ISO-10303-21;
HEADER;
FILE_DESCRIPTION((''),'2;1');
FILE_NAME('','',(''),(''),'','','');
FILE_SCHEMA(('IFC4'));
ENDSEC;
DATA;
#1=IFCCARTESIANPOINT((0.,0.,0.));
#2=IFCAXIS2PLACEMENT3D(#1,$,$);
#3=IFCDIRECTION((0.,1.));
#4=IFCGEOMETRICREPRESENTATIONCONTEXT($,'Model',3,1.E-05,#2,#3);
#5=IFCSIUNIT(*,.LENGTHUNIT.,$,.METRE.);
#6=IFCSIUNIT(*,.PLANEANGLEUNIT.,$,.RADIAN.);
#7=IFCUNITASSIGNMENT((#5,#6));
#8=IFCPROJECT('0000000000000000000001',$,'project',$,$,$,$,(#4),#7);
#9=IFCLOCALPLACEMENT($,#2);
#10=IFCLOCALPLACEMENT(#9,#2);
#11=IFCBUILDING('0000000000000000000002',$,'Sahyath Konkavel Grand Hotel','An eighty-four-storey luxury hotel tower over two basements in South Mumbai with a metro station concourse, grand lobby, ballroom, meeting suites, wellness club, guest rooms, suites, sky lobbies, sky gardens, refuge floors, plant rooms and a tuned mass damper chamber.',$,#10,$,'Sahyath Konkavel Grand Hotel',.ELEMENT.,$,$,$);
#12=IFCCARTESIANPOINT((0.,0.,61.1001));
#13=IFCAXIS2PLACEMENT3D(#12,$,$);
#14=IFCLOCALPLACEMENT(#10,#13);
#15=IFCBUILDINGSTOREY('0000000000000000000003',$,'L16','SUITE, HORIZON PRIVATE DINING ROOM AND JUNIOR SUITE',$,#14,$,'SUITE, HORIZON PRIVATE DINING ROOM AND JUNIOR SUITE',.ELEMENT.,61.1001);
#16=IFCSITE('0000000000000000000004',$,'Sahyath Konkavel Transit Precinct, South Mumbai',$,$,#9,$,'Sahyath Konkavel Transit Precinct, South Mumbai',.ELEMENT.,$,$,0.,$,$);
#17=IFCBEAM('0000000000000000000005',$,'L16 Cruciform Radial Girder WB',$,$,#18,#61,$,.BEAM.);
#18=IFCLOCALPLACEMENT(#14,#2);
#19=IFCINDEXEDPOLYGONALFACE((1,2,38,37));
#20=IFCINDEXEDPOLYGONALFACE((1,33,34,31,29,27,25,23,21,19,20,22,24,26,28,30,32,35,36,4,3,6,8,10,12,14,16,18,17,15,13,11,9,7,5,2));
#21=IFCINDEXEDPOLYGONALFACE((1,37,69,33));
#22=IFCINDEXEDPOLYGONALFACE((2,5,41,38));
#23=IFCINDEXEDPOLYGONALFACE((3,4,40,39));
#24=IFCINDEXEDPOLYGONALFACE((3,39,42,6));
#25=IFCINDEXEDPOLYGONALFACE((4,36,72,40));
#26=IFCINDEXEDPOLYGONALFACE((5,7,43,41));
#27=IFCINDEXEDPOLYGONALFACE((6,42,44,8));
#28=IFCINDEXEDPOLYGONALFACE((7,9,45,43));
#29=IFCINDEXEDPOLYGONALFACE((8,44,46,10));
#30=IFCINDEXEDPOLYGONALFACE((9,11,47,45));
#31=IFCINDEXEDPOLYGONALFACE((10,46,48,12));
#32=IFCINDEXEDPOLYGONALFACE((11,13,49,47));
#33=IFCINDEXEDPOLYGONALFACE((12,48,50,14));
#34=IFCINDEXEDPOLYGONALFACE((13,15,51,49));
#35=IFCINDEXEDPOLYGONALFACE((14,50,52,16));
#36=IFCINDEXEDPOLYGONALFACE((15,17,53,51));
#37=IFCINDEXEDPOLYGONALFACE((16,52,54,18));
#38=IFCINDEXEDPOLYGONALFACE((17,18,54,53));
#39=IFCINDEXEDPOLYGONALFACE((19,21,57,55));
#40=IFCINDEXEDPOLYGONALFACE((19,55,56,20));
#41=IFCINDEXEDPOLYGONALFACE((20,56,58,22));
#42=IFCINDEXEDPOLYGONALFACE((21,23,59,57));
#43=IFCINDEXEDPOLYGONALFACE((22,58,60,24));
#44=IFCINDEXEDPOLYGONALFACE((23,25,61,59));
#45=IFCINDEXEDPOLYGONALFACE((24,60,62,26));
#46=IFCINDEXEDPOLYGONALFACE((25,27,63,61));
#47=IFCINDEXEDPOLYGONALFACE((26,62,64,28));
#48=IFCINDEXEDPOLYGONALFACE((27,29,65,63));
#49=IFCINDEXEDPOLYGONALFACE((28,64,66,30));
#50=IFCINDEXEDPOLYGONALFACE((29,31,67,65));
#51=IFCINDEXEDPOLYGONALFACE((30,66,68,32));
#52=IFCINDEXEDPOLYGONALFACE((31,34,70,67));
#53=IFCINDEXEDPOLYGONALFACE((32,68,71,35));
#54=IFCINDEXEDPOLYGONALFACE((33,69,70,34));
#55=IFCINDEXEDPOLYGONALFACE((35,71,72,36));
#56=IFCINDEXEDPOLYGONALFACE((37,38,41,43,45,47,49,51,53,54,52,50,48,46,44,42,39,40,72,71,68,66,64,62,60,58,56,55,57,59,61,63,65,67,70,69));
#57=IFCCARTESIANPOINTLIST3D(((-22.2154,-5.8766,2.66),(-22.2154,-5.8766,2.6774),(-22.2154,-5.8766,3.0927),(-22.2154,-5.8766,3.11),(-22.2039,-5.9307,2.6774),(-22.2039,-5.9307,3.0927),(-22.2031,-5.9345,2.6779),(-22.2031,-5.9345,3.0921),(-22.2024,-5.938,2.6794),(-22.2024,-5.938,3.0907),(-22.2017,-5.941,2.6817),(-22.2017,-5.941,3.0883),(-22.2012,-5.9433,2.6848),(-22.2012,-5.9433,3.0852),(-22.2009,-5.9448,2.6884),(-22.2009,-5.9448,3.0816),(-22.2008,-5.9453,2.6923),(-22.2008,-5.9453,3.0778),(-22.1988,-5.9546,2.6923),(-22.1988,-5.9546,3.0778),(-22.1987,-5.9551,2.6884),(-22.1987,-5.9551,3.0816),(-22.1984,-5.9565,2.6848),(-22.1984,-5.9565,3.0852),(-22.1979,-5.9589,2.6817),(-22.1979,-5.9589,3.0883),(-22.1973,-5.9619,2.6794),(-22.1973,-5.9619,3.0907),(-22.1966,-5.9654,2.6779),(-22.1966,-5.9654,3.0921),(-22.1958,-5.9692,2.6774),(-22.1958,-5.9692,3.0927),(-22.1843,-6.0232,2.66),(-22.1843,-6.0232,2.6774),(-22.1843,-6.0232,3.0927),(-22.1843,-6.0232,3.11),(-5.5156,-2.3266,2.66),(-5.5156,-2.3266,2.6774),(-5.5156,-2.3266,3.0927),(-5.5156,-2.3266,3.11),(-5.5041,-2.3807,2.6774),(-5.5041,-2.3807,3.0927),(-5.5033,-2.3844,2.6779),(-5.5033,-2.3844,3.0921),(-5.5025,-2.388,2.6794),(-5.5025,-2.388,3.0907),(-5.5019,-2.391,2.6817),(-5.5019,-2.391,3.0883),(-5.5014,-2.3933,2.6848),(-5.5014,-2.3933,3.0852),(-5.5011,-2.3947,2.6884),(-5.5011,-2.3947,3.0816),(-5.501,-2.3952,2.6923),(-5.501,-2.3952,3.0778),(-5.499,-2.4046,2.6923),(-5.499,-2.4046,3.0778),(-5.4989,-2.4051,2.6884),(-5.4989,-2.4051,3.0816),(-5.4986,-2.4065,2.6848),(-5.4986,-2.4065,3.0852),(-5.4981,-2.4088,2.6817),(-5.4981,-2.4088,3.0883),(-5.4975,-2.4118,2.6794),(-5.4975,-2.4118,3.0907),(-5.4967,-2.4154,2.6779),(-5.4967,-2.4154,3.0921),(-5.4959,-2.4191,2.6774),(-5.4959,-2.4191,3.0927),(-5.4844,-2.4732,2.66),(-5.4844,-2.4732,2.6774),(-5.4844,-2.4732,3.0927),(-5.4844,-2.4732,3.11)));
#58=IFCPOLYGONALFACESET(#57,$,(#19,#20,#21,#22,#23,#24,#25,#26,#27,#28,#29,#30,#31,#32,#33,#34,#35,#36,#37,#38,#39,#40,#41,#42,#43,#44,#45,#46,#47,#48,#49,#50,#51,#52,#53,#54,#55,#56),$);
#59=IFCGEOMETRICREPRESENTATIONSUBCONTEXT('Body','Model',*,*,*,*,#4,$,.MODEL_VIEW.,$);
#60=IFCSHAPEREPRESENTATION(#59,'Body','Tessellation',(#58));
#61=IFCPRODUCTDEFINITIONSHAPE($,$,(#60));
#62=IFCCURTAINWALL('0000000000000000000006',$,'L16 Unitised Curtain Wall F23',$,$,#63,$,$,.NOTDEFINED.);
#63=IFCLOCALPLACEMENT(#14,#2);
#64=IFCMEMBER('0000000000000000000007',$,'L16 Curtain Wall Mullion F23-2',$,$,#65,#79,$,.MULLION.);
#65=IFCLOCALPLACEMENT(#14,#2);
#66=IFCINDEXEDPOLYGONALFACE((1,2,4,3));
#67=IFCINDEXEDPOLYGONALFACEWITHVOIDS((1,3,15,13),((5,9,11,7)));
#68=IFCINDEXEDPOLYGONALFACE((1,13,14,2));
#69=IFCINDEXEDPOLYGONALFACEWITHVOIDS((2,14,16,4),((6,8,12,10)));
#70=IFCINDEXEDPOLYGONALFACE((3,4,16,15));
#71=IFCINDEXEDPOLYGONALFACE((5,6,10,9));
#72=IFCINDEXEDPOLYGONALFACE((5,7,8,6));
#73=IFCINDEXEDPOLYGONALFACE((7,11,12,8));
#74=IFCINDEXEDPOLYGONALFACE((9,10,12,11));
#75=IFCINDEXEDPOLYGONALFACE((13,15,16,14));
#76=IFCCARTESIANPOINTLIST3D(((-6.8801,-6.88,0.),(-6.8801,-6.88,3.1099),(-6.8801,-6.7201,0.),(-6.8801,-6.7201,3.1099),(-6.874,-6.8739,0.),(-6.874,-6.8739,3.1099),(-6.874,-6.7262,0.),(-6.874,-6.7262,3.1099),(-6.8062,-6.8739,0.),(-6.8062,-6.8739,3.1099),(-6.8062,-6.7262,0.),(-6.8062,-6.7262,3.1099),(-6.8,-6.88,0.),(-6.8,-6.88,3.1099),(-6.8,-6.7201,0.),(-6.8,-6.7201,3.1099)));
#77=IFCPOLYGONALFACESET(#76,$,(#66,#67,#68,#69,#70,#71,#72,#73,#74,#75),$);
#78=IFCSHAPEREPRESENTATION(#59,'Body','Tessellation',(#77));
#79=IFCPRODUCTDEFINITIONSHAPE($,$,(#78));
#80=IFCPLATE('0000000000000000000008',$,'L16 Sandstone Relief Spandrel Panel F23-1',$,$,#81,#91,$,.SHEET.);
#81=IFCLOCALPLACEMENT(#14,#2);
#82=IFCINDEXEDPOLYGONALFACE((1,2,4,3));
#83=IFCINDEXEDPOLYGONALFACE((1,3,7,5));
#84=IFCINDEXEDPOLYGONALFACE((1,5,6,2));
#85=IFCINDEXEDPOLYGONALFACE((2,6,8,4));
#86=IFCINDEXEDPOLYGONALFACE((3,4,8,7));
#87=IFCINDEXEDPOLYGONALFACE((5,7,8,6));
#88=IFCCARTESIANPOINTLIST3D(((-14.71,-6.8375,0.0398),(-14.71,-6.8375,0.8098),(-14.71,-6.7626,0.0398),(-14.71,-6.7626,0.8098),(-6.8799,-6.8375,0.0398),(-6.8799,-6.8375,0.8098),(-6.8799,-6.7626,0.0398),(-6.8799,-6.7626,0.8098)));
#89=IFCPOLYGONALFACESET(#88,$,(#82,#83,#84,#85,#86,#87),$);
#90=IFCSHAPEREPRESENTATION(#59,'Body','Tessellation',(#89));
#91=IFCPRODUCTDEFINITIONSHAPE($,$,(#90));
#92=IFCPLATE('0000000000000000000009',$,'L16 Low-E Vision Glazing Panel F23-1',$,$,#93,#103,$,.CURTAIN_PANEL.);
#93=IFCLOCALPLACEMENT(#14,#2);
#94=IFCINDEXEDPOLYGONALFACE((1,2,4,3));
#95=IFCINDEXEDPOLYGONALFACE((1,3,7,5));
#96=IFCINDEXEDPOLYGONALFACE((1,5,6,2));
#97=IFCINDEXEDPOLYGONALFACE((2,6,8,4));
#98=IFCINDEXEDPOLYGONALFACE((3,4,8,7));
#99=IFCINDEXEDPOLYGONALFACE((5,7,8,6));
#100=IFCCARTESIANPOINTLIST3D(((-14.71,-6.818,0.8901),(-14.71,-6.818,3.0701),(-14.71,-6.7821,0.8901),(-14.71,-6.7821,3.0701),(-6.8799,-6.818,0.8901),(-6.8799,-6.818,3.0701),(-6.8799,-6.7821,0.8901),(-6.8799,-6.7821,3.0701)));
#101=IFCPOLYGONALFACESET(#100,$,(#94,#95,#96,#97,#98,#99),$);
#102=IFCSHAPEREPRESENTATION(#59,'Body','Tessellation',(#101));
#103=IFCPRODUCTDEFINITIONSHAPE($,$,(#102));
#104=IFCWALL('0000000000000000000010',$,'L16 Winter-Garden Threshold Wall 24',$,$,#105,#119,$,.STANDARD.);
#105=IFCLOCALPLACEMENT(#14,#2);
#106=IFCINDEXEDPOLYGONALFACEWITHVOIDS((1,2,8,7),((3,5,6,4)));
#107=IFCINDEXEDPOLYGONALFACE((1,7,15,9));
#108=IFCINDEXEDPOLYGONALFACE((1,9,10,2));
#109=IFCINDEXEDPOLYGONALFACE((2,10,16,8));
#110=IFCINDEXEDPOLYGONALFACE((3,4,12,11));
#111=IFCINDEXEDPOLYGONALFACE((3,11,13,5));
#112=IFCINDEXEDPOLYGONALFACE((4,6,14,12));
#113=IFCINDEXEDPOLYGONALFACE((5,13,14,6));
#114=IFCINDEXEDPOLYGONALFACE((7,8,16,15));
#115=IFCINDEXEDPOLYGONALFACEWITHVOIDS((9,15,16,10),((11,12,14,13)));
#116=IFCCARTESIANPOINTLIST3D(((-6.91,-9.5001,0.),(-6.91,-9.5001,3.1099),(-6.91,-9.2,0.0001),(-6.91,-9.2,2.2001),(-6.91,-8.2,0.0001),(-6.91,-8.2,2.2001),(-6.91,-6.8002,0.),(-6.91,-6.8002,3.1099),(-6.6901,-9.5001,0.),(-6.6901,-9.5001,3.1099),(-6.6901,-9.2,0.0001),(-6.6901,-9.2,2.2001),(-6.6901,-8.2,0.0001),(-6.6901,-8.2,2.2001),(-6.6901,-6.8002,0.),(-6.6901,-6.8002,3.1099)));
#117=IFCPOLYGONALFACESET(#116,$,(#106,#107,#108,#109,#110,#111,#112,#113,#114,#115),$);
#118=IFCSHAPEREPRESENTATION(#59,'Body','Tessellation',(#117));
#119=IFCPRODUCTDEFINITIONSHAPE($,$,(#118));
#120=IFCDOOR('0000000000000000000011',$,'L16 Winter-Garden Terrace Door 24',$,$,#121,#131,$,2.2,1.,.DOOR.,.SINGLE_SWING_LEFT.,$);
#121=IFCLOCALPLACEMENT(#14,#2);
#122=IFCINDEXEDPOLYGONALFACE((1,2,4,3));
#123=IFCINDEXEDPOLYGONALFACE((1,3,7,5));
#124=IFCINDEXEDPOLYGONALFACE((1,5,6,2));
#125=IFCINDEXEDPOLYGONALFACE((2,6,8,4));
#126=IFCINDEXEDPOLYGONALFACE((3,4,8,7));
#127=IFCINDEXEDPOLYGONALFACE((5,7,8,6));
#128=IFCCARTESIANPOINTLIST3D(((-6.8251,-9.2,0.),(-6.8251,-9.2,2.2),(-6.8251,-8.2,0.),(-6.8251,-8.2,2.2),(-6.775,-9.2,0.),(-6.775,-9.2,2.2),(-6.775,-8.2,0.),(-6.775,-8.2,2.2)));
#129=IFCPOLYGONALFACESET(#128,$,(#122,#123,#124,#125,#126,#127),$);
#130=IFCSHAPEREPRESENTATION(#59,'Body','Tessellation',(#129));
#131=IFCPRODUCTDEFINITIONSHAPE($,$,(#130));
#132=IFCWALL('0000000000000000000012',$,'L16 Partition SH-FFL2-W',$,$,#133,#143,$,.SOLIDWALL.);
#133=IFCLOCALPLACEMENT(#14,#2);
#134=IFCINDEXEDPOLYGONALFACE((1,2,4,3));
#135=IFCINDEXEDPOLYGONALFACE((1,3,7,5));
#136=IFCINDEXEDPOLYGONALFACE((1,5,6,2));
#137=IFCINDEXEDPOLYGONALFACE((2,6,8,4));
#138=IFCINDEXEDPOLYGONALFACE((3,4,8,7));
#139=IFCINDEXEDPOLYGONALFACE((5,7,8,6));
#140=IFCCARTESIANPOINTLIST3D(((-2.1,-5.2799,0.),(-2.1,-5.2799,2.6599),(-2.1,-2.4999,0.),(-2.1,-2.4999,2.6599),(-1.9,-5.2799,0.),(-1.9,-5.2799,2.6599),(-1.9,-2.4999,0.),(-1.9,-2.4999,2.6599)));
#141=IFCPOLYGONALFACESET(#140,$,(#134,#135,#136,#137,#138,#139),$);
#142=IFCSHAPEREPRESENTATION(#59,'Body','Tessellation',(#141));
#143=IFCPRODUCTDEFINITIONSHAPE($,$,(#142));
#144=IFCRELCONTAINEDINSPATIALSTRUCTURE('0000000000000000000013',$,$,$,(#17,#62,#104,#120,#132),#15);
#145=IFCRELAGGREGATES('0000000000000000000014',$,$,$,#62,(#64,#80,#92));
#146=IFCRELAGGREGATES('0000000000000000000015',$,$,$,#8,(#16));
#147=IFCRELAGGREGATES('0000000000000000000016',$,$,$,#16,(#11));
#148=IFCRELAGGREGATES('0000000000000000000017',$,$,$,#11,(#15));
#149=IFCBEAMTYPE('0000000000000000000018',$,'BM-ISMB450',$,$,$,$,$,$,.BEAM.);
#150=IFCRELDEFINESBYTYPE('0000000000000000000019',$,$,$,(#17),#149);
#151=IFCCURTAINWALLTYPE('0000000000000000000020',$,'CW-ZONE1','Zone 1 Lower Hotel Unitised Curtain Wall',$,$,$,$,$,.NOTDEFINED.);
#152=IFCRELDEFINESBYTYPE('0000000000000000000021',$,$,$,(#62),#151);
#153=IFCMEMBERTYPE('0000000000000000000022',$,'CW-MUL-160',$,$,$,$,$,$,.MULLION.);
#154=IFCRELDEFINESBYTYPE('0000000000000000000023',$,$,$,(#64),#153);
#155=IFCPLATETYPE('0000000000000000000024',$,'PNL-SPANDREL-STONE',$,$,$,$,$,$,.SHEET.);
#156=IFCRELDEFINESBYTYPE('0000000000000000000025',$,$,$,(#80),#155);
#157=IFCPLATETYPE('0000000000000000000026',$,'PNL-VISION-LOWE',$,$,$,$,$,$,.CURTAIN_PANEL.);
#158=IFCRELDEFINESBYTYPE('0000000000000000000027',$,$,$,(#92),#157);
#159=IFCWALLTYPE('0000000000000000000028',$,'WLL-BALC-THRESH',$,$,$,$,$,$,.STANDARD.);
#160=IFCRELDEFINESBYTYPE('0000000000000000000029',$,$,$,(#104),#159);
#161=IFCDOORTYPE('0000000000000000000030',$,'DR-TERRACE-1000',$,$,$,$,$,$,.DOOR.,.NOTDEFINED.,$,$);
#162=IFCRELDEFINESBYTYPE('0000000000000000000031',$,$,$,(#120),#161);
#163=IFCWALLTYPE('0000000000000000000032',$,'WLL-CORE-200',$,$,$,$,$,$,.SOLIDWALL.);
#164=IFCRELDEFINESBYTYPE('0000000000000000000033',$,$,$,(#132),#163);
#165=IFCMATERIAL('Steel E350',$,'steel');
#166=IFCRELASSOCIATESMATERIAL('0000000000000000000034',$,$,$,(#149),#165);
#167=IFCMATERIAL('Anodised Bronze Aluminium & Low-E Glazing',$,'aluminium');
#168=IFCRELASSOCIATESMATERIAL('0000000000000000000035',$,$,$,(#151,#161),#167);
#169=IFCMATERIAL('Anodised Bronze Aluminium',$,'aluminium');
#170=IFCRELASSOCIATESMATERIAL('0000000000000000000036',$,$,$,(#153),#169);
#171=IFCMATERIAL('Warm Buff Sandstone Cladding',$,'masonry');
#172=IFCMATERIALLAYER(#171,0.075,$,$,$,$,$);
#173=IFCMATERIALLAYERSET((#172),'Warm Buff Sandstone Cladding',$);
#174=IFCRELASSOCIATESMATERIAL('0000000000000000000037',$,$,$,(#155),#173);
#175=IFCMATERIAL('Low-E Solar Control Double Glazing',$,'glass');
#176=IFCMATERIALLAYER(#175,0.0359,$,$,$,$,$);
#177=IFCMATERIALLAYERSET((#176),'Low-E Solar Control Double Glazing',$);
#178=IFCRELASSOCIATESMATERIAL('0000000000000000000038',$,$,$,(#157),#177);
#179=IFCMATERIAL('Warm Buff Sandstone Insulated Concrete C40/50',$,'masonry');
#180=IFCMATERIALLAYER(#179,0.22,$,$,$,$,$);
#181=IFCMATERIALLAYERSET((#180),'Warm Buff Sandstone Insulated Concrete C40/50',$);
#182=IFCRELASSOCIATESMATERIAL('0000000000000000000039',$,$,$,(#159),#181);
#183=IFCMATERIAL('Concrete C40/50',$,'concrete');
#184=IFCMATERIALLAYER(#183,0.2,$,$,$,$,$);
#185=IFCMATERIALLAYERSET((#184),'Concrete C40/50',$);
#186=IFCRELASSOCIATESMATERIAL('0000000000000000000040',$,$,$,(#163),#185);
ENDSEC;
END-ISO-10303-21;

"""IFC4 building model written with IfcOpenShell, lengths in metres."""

from ifc_helpers import new_model, si_unit, direction, frame, frame_2d, origin, origin_2d, place, context, subcontext, project, spatial, rectangle, hollow_rectangle, i_section, extrude, source, transform, mapped, material, layer, layer_set, material_profile, profile_set, type_object, element, fill, aggregate, save


model = new_model("IFC4")

# Units and contexts
model_context = context("Model", 3, precision=1e-05, world=origin(), true_north=direction((0.0, 1.0)))
body_context = subcontext(model_context, "Body", "Model", "MODEL_VIEW")
ifc_project = project(units=[si_unit("LENGTHUNIT", "METRE"), si_unit("PLANEANGLEUNIT", "RADIAN")], contexts=[model_context])

# Site, building, storey
site_placement = place(None, origin())
site = spatial("IfcSite", under=ifc_project, at=site_placement, Name="Sahyath Konkavel Transit Precinct, South Mumbai", LongName="Sahyath Konkavel Transit Precinct, South Mumbai", CompositionType="ELEMENT", RefElevation=0.0)
building_placement = place(site_placement, origin())
building = spatial("IfcBuilding", under=site, at=building_placement, Name="Sahyath Konkavel Grand Hotel", Description="An eighty-four-storey luxury hotel tower over two basements in South Mumbai with a metro station concourse, grand lobby, ballroom, meeting suites, wellness club, guest rooms, suites, sky lobbies, sky gardens, refuge floors, plant rooms and a tuned mass damper chamber.", LongName="Sahyath Konkavel Grand Hotel", CompositionType="ELEMENT")
storey_placement = place(building_placement, frame((0.0, 0.0, 61.1001)))
storey = spatial("IfcBuildingStorey", under=building, at=storey_placement, Name="L16", Description="SUITE, HORIZON PRIVATE DINING ROOM AND JUNIOR SUITE", LongName="SUITE, HORIZON PRIVATE DINING ROOM AND JUNIOR SUITE", CompositionType="ELEMENT", Elevation=61.1001)

# Beam
ifc_material_1 = material(Name="Steel E350", Category="steel")
ifc_material_profile_1 = material_profile(ifc_material_1, i_section(OverallWidth=0.1499, OverallDepth=0.45, WebThickness=0.0095, FlangeThickness=0.0173, FilletRadius=0.0149, at=origin_2d()), Name="ISMB 450")
ifc_profile_set_1 = profile_set([ifc_material_profile_1], Name="Steel E350")
beam_type_1 = type_object("IfcBeamType", Name="BM-ISMB450", PredefinedType="BEAM", material=ifc_profile_set_1)
shared_shape_1 = source(origin(), body_context, "Body", "SweptSolid", [
    extrude(i_section(OverallWidth=0.1499, OverallDepth=0.45, WebThickness=0.0095, FlangeThickness=0.0173, FilletRadius=0.0149, at=origin_2d()), origin(), (0.0, 0.0, 1.0), 17.073),
])
beam_1_placement = place(storey_placement, frame((-5.5, -2.3999, 2.885), z_axis=(-0.978143, -0.207932, 0.0), x_axis=(0.207932, -0.978143, 0.0)))
element("IfcBeam", 1, at=beam_1_placement, inside=storey, type_object=beam_type_1, Name="L16 Cruciform Radial Girder WB", PredefinedType="BEAM", context=body_context, shape_type="MappedRepresentation", body=[
    mapped(shared_shape_1, transform((0.0, 0.0, 0.0), scale=1.0)),
])

# Curtain wall, member, plates
ifc_material_2 = material(Name="Anodised Bronze Aluminium & Low-E Glazing", Category="aluminium")
curtain_wall_type = type_object("IfcCurtainWallType", Name="CW-ZONE1", Description="Zone 1 Lower Hotel Unitised Curtain Wall", PredefinedType="NOTDEFINED", material=ifc_material_2)
curtain_wall_placement = place(storey_placement, origin())
curtain_wall = element("IfcCurtainWall", 2, at=curtain_wall_placement, inside=storey, type_object=curtain_wall_type, Name="L16 Unitised Curtain Wall F23", PredefinedType="NOTDEFINED")
ifc_material_3 = material(Name="Anodised Bronze Aluminium", Category="aluminium")
ifc_material_profile_2 = material_profile(ifc_material_3, hollow_rectangle(XDim=0.0801, YDim=0.1599, WallThickness=0.0061, at=origin_2d()), Name="RHS 160x80x6")
ifc_profile_set_2 = profile_set([ifc_material_profile_2], Name="Anodised Bronze Aluminium")
member_type = type_object("IfcMemberType", Name="CW-MUL-160", PredefinedType="MULLION", material=ifc_profile_set_2)
shared_shape_2 = source(origin(), body_context, "Body", "SweptSolid", [
    extrude(hollow_rectangle(XDim=0.0801, YDim=0.1599, WallThickness=0.0061, at=origin_2d()), origin(), (0.0, 0.0, 1.0), 3.1099),
])
member_placement = place(storey_placement, frame((-6.8401, -6.8, 0.0), z_axis=(0.0, 0.0, 1.0), x_axis=(1.0, 0.0, 0.0)))
member = element("IfcMember", 3, at=member_placement, type_object=member_type, Name="L16 Curtain Wall Mullion F23-2", PredefinedType="MULLION", context=body_context, shape_type="MappedRepresentation", body=[
    mapped(shared_shape_2, transform((0.0, 0.0, 0.0), scale=1.0)),
])
ifc_material_4 = material(Name="Warm Buff Sandstone Cladding", Category="masonry")
ifc_layer_1 = layer(ifc_material_4, 0.075)
ifc_layer_set_1 = layer_set([ifc_layer_1], Name="Warm Buff Sandstone Cladding")
plate_type_1 = type_object("IfcPlateType", Name="PNL-SPANDREL-STONE", PredefinedType="SHEET", material=ifc_layer_set_1)
shared_shape_3 = source(origin(), body_context, "Body", "SweptSolid", [
    extrude(rectangle(XDim=7.8301, YDim=0.075, at=origin_2d()), origin(), (0.0, 0.0, 1.0), 0.77),
])
plate_1_placement = place(storey_placement, frame((-10.7949, -6.8, 0.0398), z_axis=(0.0, 0.0, 1.0), x_axis=(1.0, 0.0, 0.0)))
plate_1 = element("IfcPlate", 4, at=plate_1_placement, type_object=plate_type_1, Name="L16 Sandstone Relief Spandrel Panel F23-1", PredefinedType="SHEET", context=body_context, shape_type="MappedRepresentation", body=[
    mapped(shared_shape_3, transform((0.0, 0.0, 0.0), scale=1.0)),
])
ifc_material_5 = material(Name="Low-E Solar Control Double Glazing", Category="glass")
ifc_layer_2 = layer(ifc_material_5, 0.0359)
ifc_layer_set_2 = layer_set([ifc_layer_2], Name="Low-E Solar Control Double Glazing")
plate_type_2 = type_object("IfcPlateType", Name="PNL-VISION-LOWE", PredefinedType="CURTAIN_PANEL", material=ifc_layer_set_2)
shared_shape_4 = source(origin(), body_context, "Body", "SweptSolid", [
    extrude(rectangle(XDim=7.8301, YDim=0.0359, at=origin_2d()), origin(), (0.0, 0.0, 1.0), 2.1799),
])
plate_2_placement = place(storey_placement, frame((-10.7949, -6.8, 0.8901), z_axis=(0.0, 0.0, 1.0), x_axis=(1.0, 0.0, 0.0)))
plate_2 = element("IfcPlate", 5, at=plate_2_placement, type_object=plate_type_2, Name="L16 Low-E Vision Glazing Panel F23-1", PredefinedType="CURTAIN_PANEL", context=body_context, shape_type="MappedRepresentation", body=[
    mapped(shared_shape_4, transform((0.0, 0.0, 0.0), scale=1.0)),
])
aggregate(curtain_wall, [member, plate_1, plate_2])

# Wall, opening, door
ifc_material_6 = material(Name="Warm Buff Sandstone Insulated Concrete C40/50", Category="masonry")
ifc_layer_3 = layer(ifc_material_6, 0.22)
ifc_layer_set_3 = layer_set([ifc_layer_3], Name="Warm Buff Sandstone Insulated Concrete C40/50")
wall_type_1 = type_object("IfcWallType", Name="WLL-BALC-THRESH", PredefinedType="STANDARD", material=ifc_layer_set_3)
wall_1_placement = place(storey_placement, frame((-6.8, -6.8, 0.0), z_axis=(0.0, 0.0, 1.0), x_axis=(0.0, -1.0, 0.0)))
wall_1 = element("IfcWall", 6, at=wall_1_placement, inside=storey, type_object=wall_type_1, Name="L16 Winter-Garden Threshold Wall 24", PredefinedType="STANDARD", context=body_context, shape_type="SweptSolid", body=[
    extrude(rectangle(XDim=2.7, YDim=0.22, at=frame_2d((1.3501, 0.0))), origin(), (0.0, 0.0, 1.0), 3.1099),
])
opening_1_placement = place(wall_1_placement, frame((1.3999, 0.0, 0.0)))
opening_1 = element("IfcOpeningElement", 7, at=opening_1_placement, cuts=wall_1, PredefinedType="OPENING", context=body_context, shape_type="SweptSolid", body=[
    extrude(rectangle(XDim=1.0, YDim=2.2, at=frame_2d((0.5, 1.1001))), frame((0.0, 0.1201, 0.0), z_axis=(0.0, -1.0, 0.0), x_axis=(1.0, 0.0, 0.0)), (0.0, 0.0, 1.0), 0.24),
])
door_type_1 = type_object("IfcDoorType", Name="DR-TERRACE-1000", OperationType="NOTDEFINED", PredefinedType="DOOR", material=ifc_material_2)
shared_shape_5 = source(origin(), body_context, "Body", "SweptSolid", [
    extrude(rectangle(XDim=1.0, YDim=0.05, at=origin_2d()), origin(), (0.0, 0.0, 1.0), 2.2),
])
door_1_placement = place(opening_1_placement, frame((0.5, 0.0, 0.0)))
door_1 = element("IfcDoor", 8, at=door_1_placement, inside=storey, type_object=door_type_1, Name="L16 Winter-Garden Terrace Door 24", OperationType="SINGLE_SWING_LEFT", OverallHeight=2.2, OverallWidth=1.0, PredefinedType="DOOR", context=body_context, shape_type="MappedRepresentation", body=[
    mapped(shared_shape_5, transform((0.0, 0.0, 0.0), scale=1.0)),
])
fill(opening_1, door_1)

# Wall
ifc_material_7 = material(Name="Concrete C40/50", Category="concrete")
ifc_layer_4 = layer(ifc_material_7, 0.2)
ifc_layer_set_4 = layer_set([ifc_layer_4], Name="Concrete C40/50")
wall_type_2 = type_object("IfcWallType", Name="WLL-CORE-200", PredefinedType="SOLIDWALL", material=ifc_layer_set_4)
wall_2_placement = place(storey_placement, frame((-2.0, -5.28, 0.0), z_axis=(0.0, 0.0, 1.0), x_axis=(0.0, 1.0, 0.0)))
element("IfcWall", 9, at=wall_2_placement, inside=storey, type_object=wall_type_2, Name="L16 Partition SH-FFL2-W", PredefinedType="SOLIDWALL", context=body_context, shape_type="SweptSolid", body=[
    extrude(rectangle(XDim=2.78, YDim=0.2, at=frame_2d((1.3901, 0.0))), origin(), (0.0, 0.0, 1.0), 2.6599),
])

save(model, "model.ifc")
